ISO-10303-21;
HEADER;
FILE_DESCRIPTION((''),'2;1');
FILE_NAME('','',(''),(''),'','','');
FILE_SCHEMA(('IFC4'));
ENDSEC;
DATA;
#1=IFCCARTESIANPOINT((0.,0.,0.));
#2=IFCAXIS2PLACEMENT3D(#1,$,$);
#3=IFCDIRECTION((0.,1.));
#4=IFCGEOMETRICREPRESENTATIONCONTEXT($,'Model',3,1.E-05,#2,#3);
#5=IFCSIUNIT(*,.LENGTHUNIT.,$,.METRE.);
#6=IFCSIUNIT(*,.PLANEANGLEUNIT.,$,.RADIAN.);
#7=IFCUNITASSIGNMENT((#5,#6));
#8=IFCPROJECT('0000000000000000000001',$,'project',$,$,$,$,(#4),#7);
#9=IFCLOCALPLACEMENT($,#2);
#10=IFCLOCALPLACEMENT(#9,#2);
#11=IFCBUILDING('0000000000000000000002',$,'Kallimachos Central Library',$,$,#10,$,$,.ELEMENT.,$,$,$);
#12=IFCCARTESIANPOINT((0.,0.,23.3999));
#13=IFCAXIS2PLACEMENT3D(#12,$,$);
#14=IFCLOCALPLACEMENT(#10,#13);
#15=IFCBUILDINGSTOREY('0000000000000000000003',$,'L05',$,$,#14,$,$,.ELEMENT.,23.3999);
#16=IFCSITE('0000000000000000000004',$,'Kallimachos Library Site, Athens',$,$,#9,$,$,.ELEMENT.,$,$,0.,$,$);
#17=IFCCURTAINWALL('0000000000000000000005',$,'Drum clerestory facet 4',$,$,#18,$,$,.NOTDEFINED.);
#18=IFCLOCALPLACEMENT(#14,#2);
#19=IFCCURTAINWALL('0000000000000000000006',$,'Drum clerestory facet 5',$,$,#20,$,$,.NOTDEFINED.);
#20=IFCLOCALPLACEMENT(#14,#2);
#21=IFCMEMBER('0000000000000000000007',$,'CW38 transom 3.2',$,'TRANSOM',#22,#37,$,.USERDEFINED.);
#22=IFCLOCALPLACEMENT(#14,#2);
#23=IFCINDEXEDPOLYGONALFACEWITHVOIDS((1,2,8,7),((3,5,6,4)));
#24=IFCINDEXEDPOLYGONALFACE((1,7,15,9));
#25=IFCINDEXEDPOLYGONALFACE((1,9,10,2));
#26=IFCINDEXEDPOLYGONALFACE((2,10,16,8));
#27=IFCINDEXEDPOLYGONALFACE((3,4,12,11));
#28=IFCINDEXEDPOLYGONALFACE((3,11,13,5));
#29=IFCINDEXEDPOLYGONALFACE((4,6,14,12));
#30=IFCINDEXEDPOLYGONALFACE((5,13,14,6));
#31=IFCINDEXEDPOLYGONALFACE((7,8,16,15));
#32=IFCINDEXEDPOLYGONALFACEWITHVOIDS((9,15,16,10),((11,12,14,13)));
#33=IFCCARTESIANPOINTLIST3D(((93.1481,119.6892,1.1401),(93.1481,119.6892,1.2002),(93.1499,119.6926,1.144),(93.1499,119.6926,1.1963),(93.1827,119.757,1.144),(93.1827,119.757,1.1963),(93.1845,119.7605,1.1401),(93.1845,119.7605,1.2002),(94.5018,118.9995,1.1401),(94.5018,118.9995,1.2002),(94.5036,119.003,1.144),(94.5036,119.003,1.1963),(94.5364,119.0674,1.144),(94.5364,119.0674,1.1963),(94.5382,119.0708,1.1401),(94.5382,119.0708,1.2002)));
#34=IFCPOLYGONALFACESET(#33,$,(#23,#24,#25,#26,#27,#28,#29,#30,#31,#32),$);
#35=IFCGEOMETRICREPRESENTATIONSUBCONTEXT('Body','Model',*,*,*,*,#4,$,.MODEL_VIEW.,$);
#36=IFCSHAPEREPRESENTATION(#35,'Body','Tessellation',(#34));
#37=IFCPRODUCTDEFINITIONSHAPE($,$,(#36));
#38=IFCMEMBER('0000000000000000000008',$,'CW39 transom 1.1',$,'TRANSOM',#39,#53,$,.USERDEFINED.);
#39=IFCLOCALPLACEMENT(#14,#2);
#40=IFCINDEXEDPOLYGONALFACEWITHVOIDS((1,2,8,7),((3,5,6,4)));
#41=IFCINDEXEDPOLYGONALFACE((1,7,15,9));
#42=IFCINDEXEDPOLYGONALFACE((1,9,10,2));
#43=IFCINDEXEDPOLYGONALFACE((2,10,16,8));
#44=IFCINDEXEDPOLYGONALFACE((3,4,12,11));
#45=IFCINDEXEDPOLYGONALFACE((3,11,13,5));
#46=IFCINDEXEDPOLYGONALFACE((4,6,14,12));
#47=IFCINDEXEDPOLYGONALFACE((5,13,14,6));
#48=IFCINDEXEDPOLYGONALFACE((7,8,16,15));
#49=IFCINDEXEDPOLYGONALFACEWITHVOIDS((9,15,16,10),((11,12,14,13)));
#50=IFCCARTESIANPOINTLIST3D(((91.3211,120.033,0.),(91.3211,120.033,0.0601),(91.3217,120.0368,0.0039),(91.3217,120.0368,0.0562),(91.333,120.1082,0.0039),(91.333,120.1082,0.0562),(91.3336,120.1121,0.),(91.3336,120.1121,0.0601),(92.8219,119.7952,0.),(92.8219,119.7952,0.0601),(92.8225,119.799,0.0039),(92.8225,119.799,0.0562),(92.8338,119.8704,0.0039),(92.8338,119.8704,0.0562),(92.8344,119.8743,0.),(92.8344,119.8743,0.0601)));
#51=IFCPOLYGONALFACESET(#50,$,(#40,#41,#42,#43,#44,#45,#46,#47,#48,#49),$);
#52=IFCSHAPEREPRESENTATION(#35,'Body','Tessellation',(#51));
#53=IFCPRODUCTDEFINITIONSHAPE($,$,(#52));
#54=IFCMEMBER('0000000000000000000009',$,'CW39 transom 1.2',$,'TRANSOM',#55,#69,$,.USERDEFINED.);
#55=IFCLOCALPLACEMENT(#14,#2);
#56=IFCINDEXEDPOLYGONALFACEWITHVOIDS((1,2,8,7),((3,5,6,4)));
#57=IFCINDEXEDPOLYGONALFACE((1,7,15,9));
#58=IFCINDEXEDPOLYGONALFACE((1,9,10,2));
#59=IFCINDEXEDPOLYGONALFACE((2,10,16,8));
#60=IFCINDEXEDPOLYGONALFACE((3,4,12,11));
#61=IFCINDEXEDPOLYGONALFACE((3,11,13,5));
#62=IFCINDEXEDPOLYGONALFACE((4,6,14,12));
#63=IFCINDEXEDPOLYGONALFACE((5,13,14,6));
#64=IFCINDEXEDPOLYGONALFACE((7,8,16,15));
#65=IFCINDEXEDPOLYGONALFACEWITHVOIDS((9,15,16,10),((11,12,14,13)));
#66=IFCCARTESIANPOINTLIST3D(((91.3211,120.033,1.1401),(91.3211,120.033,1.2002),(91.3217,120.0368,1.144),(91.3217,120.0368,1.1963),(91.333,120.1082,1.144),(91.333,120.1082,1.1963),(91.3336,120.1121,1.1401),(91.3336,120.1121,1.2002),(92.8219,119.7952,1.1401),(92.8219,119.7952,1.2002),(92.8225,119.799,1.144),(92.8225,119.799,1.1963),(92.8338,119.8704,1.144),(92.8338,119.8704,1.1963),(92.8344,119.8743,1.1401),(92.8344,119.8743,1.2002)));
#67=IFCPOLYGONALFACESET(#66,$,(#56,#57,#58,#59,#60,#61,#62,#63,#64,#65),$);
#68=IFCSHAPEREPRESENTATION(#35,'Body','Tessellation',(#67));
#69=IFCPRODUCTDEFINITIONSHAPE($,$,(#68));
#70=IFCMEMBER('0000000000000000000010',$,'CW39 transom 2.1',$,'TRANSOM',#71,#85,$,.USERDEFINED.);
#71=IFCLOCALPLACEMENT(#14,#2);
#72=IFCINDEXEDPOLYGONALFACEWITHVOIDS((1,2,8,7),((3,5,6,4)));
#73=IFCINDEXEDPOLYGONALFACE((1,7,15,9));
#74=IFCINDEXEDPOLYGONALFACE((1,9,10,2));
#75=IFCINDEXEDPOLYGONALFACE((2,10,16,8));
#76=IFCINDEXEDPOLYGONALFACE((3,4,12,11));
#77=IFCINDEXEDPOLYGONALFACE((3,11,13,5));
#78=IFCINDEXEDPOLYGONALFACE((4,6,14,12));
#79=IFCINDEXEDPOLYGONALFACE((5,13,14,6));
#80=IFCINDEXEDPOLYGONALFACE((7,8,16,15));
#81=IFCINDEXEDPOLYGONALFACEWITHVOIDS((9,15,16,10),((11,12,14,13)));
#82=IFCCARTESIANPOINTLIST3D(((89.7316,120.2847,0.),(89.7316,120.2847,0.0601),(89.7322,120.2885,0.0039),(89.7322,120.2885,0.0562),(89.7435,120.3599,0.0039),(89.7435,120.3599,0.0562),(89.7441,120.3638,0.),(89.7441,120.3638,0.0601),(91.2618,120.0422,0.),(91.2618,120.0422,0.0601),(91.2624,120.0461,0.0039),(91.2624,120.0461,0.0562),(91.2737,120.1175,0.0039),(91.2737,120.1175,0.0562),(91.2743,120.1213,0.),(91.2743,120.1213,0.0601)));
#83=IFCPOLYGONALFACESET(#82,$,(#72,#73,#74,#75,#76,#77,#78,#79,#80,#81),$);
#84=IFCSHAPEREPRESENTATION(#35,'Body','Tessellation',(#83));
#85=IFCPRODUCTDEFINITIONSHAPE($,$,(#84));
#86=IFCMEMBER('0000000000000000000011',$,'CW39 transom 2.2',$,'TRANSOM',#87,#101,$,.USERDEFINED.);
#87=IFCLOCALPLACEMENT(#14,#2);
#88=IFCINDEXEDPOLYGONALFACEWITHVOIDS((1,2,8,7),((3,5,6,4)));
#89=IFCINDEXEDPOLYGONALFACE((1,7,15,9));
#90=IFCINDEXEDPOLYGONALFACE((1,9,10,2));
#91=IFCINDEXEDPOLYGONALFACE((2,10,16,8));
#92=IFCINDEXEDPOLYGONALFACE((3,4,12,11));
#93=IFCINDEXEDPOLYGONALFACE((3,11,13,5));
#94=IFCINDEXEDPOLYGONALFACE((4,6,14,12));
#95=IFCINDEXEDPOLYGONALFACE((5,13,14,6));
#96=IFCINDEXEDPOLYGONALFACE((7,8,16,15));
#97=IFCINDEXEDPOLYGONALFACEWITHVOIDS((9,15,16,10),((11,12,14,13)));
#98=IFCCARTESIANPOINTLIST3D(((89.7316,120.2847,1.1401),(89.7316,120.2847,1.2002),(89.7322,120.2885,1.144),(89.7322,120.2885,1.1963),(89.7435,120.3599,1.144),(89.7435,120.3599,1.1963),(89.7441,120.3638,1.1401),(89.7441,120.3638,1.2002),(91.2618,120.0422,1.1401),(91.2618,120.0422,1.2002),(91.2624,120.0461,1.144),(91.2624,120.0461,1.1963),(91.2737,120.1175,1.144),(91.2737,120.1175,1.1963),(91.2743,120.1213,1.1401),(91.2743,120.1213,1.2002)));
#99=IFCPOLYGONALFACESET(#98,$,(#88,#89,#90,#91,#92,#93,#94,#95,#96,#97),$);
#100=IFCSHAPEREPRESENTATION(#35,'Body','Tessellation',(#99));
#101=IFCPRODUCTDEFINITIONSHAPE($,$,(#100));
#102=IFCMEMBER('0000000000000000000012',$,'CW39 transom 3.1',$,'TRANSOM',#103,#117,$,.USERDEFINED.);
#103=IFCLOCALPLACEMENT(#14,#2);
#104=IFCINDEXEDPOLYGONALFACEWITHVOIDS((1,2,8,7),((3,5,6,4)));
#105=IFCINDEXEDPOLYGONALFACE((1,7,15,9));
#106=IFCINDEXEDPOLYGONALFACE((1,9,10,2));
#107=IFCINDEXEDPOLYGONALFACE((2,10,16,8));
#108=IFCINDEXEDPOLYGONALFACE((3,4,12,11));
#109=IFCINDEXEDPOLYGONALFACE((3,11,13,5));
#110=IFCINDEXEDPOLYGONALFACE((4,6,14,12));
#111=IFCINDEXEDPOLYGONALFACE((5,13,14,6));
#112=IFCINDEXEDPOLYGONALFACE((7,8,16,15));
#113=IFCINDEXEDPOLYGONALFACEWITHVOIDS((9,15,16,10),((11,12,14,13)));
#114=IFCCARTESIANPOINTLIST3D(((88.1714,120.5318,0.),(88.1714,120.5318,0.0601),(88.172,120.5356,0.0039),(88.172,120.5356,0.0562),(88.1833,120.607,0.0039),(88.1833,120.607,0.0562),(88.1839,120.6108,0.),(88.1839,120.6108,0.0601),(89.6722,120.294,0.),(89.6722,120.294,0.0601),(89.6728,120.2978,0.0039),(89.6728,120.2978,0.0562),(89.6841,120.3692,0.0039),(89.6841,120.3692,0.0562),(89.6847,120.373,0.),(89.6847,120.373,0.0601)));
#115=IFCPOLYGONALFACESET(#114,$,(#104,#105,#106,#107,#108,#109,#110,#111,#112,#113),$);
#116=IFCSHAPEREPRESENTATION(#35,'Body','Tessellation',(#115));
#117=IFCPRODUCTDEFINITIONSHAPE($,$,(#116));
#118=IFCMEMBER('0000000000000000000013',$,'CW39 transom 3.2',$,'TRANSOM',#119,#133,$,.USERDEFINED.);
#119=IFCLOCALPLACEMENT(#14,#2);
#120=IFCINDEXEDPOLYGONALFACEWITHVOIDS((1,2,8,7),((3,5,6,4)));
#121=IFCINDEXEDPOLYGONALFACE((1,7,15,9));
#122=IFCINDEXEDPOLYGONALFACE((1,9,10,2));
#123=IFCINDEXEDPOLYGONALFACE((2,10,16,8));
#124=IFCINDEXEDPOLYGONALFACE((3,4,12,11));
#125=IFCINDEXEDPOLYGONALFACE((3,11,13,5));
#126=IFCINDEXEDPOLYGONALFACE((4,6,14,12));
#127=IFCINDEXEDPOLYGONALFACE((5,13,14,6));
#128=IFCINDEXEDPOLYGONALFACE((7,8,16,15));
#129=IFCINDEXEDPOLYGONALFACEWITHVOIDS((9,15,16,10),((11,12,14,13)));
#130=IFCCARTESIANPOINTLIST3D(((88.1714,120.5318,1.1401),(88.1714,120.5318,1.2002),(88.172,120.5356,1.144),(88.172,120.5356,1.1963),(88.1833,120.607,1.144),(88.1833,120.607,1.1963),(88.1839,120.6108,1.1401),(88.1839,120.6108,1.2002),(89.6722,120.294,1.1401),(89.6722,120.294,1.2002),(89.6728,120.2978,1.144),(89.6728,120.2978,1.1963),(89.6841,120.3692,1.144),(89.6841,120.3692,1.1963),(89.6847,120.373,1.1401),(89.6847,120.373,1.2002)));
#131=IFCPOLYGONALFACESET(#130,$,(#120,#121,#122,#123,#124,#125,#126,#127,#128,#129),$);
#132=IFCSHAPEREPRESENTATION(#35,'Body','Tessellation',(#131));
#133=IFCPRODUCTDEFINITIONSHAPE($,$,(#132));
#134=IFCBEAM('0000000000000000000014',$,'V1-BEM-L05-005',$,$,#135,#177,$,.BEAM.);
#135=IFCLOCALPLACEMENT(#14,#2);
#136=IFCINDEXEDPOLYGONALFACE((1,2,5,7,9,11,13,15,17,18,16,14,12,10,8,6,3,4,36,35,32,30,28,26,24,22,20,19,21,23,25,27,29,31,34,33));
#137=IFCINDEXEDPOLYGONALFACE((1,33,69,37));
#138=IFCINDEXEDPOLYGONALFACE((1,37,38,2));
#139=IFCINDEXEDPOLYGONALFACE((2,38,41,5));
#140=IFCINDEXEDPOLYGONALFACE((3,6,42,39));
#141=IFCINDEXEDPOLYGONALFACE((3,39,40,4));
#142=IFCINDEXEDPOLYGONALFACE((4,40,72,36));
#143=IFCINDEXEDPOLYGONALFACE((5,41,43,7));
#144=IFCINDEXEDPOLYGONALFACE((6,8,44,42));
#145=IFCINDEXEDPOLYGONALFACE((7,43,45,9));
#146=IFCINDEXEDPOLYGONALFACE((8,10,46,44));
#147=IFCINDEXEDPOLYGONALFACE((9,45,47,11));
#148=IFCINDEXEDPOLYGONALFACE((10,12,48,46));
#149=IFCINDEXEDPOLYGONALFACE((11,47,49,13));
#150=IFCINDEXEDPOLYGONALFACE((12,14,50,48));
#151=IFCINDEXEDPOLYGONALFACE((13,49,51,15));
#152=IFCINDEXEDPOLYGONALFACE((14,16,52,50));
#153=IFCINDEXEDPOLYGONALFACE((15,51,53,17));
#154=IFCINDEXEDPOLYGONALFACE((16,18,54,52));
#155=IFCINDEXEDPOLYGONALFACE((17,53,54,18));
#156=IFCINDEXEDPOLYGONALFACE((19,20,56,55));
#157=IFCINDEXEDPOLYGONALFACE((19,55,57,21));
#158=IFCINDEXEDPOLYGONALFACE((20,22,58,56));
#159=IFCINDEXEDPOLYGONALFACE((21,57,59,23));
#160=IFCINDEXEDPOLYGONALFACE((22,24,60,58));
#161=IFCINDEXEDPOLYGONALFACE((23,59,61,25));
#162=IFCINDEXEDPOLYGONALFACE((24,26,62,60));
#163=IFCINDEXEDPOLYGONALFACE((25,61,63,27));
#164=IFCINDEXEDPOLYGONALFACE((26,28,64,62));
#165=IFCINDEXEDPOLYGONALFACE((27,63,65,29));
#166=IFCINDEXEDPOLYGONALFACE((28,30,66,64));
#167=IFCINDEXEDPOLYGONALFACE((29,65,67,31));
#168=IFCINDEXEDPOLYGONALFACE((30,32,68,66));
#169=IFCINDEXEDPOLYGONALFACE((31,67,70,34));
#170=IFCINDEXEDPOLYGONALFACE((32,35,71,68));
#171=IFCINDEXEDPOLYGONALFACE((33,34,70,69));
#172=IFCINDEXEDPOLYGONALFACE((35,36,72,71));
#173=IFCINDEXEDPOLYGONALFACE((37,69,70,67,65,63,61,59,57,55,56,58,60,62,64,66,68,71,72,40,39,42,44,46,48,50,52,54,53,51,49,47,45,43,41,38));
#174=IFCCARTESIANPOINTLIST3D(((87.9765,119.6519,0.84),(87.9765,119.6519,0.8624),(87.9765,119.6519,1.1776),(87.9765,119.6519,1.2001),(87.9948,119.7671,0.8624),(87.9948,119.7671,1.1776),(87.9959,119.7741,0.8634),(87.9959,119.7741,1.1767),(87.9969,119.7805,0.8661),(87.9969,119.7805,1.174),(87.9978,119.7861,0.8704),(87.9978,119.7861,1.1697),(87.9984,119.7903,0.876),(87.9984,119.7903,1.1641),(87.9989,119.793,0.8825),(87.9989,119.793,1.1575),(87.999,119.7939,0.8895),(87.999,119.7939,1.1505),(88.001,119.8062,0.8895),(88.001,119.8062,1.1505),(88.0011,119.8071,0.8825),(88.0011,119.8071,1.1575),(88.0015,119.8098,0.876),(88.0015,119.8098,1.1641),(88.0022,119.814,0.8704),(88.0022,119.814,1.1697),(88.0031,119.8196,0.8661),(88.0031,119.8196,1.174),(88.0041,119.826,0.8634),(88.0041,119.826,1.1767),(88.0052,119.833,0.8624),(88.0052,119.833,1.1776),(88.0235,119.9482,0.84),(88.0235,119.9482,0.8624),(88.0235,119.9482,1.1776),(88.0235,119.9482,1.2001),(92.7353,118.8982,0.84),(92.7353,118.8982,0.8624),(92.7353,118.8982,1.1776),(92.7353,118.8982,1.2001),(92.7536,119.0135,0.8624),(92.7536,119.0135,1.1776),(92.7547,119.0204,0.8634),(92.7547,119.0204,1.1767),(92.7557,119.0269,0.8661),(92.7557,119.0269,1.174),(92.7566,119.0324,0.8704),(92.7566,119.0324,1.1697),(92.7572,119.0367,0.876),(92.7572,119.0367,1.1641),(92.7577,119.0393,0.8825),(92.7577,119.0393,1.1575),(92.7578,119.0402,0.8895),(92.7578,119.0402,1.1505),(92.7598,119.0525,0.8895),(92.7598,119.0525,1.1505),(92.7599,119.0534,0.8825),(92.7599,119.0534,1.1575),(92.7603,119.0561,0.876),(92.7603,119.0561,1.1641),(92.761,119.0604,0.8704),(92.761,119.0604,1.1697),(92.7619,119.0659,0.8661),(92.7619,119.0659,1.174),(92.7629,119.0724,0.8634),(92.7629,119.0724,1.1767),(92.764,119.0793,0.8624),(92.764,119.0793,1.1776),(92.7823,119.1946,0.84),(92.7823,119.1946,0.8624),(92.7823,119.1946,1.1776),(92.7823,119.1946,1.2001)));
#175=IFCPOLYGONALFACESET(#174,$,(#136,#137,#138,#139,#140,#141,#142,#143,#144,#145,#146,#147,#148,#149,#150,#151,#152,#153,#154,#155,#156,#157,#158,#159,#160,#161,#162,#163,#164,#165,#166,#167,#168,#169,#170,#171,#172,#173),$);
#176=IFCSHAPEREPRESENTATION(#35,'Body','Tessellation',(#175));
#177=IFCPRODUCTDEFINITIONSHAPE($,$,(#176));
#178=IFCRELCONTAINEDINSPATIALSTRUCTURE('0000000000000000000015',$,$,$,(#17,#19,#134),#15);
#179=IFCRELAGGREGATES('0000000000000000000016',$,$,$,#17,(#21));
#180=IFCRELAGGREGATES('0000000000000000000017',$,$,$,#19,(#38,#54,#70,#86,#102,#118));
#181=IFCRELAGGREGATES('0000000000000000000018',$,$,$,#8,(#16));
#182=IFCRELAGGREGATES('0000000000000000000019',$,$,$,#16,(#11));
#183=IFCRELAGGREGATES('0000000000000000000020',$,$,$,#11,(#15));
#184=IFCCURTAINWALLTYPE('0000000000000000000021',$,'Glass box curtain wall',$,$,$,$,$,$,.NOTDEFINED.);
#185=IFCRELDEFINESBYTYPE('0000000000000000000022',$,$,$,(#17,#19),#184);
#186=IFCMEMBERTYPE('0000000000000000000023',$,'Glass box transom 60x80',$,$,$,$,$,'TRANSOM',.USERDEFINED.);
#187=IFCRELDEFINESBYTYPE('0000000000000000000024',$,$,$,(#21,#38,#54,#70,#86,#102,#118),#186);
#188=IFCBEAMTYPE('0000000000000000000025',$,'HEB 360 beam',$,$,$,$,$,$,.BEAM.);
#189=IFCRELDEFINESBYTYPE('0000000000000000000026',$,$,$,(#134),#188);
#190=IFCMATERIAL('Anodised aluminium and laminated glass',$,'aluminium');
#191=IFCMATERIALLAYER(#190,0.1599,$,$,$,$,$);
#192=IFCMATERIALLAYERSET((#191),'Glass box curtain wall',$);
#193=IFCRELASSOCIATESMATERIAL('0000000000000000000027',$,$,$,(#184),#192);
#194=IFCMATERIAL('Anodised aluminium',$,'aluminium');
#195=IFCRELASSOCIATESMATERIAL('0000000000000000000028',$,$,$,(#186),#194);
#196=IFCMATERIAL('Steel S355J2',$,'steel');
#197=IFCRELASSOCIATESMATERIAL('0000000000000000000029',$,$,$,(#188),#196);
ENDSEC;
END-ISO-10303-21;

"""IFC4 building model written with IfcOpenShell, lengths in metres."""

from ifc_helpers import new_model, si_unit, direction, frame, origin, origin_2d, place, context, subcontext, project, spatial, hollow_rectangle, i_section, extrude, material, layer, layer_set, material_profile, profile_set, type_object, element, aggregate, save


model = new_model("IFC4")

# Units and contexts
model_context = context("Model", 3, precision=1e-05, world=origin(), true_north=direction((0.0, 1.0)))
body_context = subcontext(model_context, "Body", "Model", "MODEL_VIEW")
ifc_project = project(units=[si_unit("LENGTHUNIT", "METRE"), si_unit("PLANEANGLEUNIT", "RADIAN")], contexts=[model_context])

# Site, building, storey
site_placement = place(None, origin())
site = spatial("IfcSite", under=ifc_project, at=site_placement, Name="Kallimachos Library Site, Athens", CompositionType="ELEMENT", RefElevation=0.0)
building_placement = place(site_placement, origin())
building = spatial("IfcBuilding", under=site, at=building_placement, Name="Kallimachos Central Library", CompositionType="ELEMENT")
storey_placement = place(building_placement, frame((0.0, 0.0, 23.3999)))
storey = spatial("IfcBuildingStorey", under=building, at=storey_placement, Name="L05", CompositionType="ELEMENT", Elevation=23.3999)

# Curtain walls
ifc_material_1 = material(Name="Anodised aluminium and laminated glass", Category="aluminium")
ifc_layer_1 = layer(ifc_material_1, 0.1599)
ifc_layer_set_1 = layer_set([ifc_layer_1], Name="Glass box curtain wall")
curtain_wall_type = type_object("IfcCurtainWallType", Name="Glass box curtain wall", PredefinedType="NOTDEFINED", material=ifc_layer_set_1)
curtain_wall_1_placement = place(storey_placement, origin())
curtain_wall_1 = element("IfcCurtainWall", 1, at=curtain_wall_1_placement, inside=storey, type_object=curtain_wall_type, Name="Drum clerestory facet 4", PredefinedType="NOTDEFINED")
curtain_wall_2_placement = place(storey_placement, origin())
curtain_wall_2 = element("IfcCurtainWall", 2, at=curtain_wall_2_placement, inside=storey, type_object=curtain_wall_type, Name="Drum clerestory facet 5", PredefinedType="NOTDEFINED")

# Members
ifc_material_2 = material(Name="Anodised aluminium", Category="aluminium")
ifc_material_profile_1 = material_profile(ifc_material_2, hollow_rectangle(XDim=0.0601, YDim=0.0801, WallThickness=0.0039, at=origin_2d()), Name="ALU TRANSOM 60x80")
ifc_profile_set_1 = profile_set([ifc_material_profile_1], Name="Anodised aluminium")
member_type_1 = type_object("IfcMemberType", Name="Glass box transom 60x80", ElementType="TRANSOM", PredefinedType="USERDEFINED", material=ifc_profile_set_1)
member_1_placement = place(storey_placement, frame((94.52, 119.0352, 1.1702), z_axis=(-0.891027, 0.45395, 0.0), x_axis=(0.0, 0.0, 1.0)))
member_1 = element("IfcMember", 3, at=member_1_placement, type_object=member_type_1, Name="CW38 transom 3.2", ObjectType="TRANSOM", PredefinedType="USERDEFINED", context=body_context, shape_type="SweptSolid", body=[
    extrude(hollow_rectangle(XDim=0.0601, YDim=0.0801, WallThickness=0.0039, at=origin_2d()), origin(), (0.0, 0.0, 1.0), 1.5193),
])
member_2_placement = place(storey_placement, frame((92.8281, 119.8347, 0.03), z_axis=(-0.987678, 0.156499, 0.0), x_axis=(0.0, 0.0, 1.0)))
member_2 = element("IfcMember", 4, at=member_2_placement, type_object=member_type_1, Name="CW39 transom 1.1", ObjectType="TRANSOM", PredefinedType="USERDEFINED", context=body_context, shape_type="SweptSolid", body=[
    extrude(hollow_rectangle(XDim=0.0601, YDim=0.0801, WallThickness=0.0039, at=origin_2d()), origin(), (0.0, 0.0, 1.0), 1.5195),
])
member_3_placement = place(storey_placement, frame((92.8281, 119.8347, 1.1702), z_axis=(-0.987678, 0.156499, 0.0), x_axis=(0.0, 0.0, 1.0)))
member_3 = element("IfcMember", 5, at=member_3_placement, type_object=member_type_1, Name="CW39 transom 1.2", ObjectType="TRANSOM", PredefinedType="USERDEFINED", context=body_context, shape_type="SweptSolid", body=[
    extrude(hollow_rectangle(XDim=0.0601, YDim=0.0801, WallThickness=0.0039, at=origin_2d()), origin(), (0.0, 0.0, 1.0), 1.5195),
])
member_4_placement = place(storey_placement, frame((91.2681, 120.0818, 0.03), z_axis=(-0.987682, 0.156472, 0.0), x_axis=(0.0, 0.0, 1.0)))
member_4 = element("IfcMember", 6, at=member_4_placement, type_object=member_type_1, Name="CW39 transom 2.1", ObjectType="TRANSOM", PredefinedType="USERDEFINED", context=body_context, shape_type="SweptSolid", body=[
    extrude(hollow_rectangle(XDim=0.0601, YDim=0.0801, WallThickness=0.0039, at=origin_2d()), origin(), (0.0, 0.0, 1.0), 1.5493),
])
member_5_placement = place(storey_placement, frame((91.2681, 120.0818, 1.1702), z_axis=(-0.987682, 0.156472, 0.0), x_axis=(0.0, 0.0, 1.0)))
member_5 = element("IfcMember", 7, at=member_5_placement, type_object=member_type_1, Name="CW39 transom 2.2", ObjectType="TRANSOM", PredefinedType="USERDEFINED", context=body_context, shape_type="SweptSolid", body=[
    extrude(hollow_rectangle(XDim=0.0601, YDim=0.0801, WallThickness=0.0039, at=origin_2d()), origin(), (0.0, 0.0, 1.0), 1.5493),
])
member_6_placement = place(storey_placement, frame((89.6785, 120.3335, 0.03), z_axis=(-0.987678, 0.156499, 0.0), x_axis=(0.0, 0.0, 1.0)))
member_6 = element("IfcMember", 8, at=member_6_placement, type_object=member_type_1, Name="CW39 transom 3.1", ObjectType="TRANSOM", PredefinedType="USERDEFINED", context=body_context, shape_type="SweptSolid", body=[
    extrude(hollow_rectangle(XDim=0.0601, YDim=0.0801, WallThickness=0.0039, at=origin_2d()), origin(), (0.0, 0.0, 1.0), 1.5195),
])
member_7_placement = place(storey_placement, frame((89.6785, 120.3335, 1.1702), z_axis=(-0.987678, 0.156499, 0.0), x_axis=(0.0, 0.0, 1.0)))
member_7 = element("IfcMember", 9, at=member_7_placement, type_object=member_type_1, Name="CW39 transom 3.2", ObjectType="TRANSOM", PredefinedType="USERDEFINED", context=body_context, shape_type="SweptSolid", body=[
    extrude(hollow_rectangle(XDim=0.0601, YDim=0.0801, WallThickness=0.0039, at=origin_2d()), origin(), (0.0, 0.0, 1.0), 1.5195),
])

# Beam
ifc_material_3 = material(Name="Steel S355J2", Category="steel")
ifc_material_profile_2 = material_profile(ifc_material_3, i_section(OverallWidth=0.3, OverallDepth=0.3601, WebThickness=0.0125, FlangeThickness=0.0225, FilletRadius=0.0271, at=origin_2d()), Name="HEB 360")
ifc_profile_set_2 = profile_set([ifc_material_profile_2], Name="Steel S355J2")
beam_type = type_object("IfcBeamType", Name="HEB 360 beam", PredefinedType="BEAM", material=ifc_profile_set_2)
for number, where, z_axis, x_axis, name in (
    (10, (92.7588, 119.0464, 1.02), (-0.98769, 0.156423, 0.0), (-0.156423, -0.98769, 0.0), "V1-BEM-L05-005"),
):
    element("IfcBeam", number, at=place(storey_placement, frame(where, z_axis=z_axis, x_axis=x_axis)), inside=storey, type_object=beam_type, Name=name, PredefinedType="BEAM", context=body_context, shape_type="SweptSolid", body=[
        extrude(i_section(OverallWidth=0.3, OverallDepth=0.3601, WebThickness=0.0125, FlangeThickness=0.0225, FilletRadius=0.0271, at=origin_2d()), origin(), (0.0, 0.0, 1.0), 4.8181),
    ])

aggregate(curtain_wall_1, [member_1])
aggregate(curtain_wall_2, [member_2, member_3, member_4, member_5, member_6, member_7])

save(model, "model.ifc")
